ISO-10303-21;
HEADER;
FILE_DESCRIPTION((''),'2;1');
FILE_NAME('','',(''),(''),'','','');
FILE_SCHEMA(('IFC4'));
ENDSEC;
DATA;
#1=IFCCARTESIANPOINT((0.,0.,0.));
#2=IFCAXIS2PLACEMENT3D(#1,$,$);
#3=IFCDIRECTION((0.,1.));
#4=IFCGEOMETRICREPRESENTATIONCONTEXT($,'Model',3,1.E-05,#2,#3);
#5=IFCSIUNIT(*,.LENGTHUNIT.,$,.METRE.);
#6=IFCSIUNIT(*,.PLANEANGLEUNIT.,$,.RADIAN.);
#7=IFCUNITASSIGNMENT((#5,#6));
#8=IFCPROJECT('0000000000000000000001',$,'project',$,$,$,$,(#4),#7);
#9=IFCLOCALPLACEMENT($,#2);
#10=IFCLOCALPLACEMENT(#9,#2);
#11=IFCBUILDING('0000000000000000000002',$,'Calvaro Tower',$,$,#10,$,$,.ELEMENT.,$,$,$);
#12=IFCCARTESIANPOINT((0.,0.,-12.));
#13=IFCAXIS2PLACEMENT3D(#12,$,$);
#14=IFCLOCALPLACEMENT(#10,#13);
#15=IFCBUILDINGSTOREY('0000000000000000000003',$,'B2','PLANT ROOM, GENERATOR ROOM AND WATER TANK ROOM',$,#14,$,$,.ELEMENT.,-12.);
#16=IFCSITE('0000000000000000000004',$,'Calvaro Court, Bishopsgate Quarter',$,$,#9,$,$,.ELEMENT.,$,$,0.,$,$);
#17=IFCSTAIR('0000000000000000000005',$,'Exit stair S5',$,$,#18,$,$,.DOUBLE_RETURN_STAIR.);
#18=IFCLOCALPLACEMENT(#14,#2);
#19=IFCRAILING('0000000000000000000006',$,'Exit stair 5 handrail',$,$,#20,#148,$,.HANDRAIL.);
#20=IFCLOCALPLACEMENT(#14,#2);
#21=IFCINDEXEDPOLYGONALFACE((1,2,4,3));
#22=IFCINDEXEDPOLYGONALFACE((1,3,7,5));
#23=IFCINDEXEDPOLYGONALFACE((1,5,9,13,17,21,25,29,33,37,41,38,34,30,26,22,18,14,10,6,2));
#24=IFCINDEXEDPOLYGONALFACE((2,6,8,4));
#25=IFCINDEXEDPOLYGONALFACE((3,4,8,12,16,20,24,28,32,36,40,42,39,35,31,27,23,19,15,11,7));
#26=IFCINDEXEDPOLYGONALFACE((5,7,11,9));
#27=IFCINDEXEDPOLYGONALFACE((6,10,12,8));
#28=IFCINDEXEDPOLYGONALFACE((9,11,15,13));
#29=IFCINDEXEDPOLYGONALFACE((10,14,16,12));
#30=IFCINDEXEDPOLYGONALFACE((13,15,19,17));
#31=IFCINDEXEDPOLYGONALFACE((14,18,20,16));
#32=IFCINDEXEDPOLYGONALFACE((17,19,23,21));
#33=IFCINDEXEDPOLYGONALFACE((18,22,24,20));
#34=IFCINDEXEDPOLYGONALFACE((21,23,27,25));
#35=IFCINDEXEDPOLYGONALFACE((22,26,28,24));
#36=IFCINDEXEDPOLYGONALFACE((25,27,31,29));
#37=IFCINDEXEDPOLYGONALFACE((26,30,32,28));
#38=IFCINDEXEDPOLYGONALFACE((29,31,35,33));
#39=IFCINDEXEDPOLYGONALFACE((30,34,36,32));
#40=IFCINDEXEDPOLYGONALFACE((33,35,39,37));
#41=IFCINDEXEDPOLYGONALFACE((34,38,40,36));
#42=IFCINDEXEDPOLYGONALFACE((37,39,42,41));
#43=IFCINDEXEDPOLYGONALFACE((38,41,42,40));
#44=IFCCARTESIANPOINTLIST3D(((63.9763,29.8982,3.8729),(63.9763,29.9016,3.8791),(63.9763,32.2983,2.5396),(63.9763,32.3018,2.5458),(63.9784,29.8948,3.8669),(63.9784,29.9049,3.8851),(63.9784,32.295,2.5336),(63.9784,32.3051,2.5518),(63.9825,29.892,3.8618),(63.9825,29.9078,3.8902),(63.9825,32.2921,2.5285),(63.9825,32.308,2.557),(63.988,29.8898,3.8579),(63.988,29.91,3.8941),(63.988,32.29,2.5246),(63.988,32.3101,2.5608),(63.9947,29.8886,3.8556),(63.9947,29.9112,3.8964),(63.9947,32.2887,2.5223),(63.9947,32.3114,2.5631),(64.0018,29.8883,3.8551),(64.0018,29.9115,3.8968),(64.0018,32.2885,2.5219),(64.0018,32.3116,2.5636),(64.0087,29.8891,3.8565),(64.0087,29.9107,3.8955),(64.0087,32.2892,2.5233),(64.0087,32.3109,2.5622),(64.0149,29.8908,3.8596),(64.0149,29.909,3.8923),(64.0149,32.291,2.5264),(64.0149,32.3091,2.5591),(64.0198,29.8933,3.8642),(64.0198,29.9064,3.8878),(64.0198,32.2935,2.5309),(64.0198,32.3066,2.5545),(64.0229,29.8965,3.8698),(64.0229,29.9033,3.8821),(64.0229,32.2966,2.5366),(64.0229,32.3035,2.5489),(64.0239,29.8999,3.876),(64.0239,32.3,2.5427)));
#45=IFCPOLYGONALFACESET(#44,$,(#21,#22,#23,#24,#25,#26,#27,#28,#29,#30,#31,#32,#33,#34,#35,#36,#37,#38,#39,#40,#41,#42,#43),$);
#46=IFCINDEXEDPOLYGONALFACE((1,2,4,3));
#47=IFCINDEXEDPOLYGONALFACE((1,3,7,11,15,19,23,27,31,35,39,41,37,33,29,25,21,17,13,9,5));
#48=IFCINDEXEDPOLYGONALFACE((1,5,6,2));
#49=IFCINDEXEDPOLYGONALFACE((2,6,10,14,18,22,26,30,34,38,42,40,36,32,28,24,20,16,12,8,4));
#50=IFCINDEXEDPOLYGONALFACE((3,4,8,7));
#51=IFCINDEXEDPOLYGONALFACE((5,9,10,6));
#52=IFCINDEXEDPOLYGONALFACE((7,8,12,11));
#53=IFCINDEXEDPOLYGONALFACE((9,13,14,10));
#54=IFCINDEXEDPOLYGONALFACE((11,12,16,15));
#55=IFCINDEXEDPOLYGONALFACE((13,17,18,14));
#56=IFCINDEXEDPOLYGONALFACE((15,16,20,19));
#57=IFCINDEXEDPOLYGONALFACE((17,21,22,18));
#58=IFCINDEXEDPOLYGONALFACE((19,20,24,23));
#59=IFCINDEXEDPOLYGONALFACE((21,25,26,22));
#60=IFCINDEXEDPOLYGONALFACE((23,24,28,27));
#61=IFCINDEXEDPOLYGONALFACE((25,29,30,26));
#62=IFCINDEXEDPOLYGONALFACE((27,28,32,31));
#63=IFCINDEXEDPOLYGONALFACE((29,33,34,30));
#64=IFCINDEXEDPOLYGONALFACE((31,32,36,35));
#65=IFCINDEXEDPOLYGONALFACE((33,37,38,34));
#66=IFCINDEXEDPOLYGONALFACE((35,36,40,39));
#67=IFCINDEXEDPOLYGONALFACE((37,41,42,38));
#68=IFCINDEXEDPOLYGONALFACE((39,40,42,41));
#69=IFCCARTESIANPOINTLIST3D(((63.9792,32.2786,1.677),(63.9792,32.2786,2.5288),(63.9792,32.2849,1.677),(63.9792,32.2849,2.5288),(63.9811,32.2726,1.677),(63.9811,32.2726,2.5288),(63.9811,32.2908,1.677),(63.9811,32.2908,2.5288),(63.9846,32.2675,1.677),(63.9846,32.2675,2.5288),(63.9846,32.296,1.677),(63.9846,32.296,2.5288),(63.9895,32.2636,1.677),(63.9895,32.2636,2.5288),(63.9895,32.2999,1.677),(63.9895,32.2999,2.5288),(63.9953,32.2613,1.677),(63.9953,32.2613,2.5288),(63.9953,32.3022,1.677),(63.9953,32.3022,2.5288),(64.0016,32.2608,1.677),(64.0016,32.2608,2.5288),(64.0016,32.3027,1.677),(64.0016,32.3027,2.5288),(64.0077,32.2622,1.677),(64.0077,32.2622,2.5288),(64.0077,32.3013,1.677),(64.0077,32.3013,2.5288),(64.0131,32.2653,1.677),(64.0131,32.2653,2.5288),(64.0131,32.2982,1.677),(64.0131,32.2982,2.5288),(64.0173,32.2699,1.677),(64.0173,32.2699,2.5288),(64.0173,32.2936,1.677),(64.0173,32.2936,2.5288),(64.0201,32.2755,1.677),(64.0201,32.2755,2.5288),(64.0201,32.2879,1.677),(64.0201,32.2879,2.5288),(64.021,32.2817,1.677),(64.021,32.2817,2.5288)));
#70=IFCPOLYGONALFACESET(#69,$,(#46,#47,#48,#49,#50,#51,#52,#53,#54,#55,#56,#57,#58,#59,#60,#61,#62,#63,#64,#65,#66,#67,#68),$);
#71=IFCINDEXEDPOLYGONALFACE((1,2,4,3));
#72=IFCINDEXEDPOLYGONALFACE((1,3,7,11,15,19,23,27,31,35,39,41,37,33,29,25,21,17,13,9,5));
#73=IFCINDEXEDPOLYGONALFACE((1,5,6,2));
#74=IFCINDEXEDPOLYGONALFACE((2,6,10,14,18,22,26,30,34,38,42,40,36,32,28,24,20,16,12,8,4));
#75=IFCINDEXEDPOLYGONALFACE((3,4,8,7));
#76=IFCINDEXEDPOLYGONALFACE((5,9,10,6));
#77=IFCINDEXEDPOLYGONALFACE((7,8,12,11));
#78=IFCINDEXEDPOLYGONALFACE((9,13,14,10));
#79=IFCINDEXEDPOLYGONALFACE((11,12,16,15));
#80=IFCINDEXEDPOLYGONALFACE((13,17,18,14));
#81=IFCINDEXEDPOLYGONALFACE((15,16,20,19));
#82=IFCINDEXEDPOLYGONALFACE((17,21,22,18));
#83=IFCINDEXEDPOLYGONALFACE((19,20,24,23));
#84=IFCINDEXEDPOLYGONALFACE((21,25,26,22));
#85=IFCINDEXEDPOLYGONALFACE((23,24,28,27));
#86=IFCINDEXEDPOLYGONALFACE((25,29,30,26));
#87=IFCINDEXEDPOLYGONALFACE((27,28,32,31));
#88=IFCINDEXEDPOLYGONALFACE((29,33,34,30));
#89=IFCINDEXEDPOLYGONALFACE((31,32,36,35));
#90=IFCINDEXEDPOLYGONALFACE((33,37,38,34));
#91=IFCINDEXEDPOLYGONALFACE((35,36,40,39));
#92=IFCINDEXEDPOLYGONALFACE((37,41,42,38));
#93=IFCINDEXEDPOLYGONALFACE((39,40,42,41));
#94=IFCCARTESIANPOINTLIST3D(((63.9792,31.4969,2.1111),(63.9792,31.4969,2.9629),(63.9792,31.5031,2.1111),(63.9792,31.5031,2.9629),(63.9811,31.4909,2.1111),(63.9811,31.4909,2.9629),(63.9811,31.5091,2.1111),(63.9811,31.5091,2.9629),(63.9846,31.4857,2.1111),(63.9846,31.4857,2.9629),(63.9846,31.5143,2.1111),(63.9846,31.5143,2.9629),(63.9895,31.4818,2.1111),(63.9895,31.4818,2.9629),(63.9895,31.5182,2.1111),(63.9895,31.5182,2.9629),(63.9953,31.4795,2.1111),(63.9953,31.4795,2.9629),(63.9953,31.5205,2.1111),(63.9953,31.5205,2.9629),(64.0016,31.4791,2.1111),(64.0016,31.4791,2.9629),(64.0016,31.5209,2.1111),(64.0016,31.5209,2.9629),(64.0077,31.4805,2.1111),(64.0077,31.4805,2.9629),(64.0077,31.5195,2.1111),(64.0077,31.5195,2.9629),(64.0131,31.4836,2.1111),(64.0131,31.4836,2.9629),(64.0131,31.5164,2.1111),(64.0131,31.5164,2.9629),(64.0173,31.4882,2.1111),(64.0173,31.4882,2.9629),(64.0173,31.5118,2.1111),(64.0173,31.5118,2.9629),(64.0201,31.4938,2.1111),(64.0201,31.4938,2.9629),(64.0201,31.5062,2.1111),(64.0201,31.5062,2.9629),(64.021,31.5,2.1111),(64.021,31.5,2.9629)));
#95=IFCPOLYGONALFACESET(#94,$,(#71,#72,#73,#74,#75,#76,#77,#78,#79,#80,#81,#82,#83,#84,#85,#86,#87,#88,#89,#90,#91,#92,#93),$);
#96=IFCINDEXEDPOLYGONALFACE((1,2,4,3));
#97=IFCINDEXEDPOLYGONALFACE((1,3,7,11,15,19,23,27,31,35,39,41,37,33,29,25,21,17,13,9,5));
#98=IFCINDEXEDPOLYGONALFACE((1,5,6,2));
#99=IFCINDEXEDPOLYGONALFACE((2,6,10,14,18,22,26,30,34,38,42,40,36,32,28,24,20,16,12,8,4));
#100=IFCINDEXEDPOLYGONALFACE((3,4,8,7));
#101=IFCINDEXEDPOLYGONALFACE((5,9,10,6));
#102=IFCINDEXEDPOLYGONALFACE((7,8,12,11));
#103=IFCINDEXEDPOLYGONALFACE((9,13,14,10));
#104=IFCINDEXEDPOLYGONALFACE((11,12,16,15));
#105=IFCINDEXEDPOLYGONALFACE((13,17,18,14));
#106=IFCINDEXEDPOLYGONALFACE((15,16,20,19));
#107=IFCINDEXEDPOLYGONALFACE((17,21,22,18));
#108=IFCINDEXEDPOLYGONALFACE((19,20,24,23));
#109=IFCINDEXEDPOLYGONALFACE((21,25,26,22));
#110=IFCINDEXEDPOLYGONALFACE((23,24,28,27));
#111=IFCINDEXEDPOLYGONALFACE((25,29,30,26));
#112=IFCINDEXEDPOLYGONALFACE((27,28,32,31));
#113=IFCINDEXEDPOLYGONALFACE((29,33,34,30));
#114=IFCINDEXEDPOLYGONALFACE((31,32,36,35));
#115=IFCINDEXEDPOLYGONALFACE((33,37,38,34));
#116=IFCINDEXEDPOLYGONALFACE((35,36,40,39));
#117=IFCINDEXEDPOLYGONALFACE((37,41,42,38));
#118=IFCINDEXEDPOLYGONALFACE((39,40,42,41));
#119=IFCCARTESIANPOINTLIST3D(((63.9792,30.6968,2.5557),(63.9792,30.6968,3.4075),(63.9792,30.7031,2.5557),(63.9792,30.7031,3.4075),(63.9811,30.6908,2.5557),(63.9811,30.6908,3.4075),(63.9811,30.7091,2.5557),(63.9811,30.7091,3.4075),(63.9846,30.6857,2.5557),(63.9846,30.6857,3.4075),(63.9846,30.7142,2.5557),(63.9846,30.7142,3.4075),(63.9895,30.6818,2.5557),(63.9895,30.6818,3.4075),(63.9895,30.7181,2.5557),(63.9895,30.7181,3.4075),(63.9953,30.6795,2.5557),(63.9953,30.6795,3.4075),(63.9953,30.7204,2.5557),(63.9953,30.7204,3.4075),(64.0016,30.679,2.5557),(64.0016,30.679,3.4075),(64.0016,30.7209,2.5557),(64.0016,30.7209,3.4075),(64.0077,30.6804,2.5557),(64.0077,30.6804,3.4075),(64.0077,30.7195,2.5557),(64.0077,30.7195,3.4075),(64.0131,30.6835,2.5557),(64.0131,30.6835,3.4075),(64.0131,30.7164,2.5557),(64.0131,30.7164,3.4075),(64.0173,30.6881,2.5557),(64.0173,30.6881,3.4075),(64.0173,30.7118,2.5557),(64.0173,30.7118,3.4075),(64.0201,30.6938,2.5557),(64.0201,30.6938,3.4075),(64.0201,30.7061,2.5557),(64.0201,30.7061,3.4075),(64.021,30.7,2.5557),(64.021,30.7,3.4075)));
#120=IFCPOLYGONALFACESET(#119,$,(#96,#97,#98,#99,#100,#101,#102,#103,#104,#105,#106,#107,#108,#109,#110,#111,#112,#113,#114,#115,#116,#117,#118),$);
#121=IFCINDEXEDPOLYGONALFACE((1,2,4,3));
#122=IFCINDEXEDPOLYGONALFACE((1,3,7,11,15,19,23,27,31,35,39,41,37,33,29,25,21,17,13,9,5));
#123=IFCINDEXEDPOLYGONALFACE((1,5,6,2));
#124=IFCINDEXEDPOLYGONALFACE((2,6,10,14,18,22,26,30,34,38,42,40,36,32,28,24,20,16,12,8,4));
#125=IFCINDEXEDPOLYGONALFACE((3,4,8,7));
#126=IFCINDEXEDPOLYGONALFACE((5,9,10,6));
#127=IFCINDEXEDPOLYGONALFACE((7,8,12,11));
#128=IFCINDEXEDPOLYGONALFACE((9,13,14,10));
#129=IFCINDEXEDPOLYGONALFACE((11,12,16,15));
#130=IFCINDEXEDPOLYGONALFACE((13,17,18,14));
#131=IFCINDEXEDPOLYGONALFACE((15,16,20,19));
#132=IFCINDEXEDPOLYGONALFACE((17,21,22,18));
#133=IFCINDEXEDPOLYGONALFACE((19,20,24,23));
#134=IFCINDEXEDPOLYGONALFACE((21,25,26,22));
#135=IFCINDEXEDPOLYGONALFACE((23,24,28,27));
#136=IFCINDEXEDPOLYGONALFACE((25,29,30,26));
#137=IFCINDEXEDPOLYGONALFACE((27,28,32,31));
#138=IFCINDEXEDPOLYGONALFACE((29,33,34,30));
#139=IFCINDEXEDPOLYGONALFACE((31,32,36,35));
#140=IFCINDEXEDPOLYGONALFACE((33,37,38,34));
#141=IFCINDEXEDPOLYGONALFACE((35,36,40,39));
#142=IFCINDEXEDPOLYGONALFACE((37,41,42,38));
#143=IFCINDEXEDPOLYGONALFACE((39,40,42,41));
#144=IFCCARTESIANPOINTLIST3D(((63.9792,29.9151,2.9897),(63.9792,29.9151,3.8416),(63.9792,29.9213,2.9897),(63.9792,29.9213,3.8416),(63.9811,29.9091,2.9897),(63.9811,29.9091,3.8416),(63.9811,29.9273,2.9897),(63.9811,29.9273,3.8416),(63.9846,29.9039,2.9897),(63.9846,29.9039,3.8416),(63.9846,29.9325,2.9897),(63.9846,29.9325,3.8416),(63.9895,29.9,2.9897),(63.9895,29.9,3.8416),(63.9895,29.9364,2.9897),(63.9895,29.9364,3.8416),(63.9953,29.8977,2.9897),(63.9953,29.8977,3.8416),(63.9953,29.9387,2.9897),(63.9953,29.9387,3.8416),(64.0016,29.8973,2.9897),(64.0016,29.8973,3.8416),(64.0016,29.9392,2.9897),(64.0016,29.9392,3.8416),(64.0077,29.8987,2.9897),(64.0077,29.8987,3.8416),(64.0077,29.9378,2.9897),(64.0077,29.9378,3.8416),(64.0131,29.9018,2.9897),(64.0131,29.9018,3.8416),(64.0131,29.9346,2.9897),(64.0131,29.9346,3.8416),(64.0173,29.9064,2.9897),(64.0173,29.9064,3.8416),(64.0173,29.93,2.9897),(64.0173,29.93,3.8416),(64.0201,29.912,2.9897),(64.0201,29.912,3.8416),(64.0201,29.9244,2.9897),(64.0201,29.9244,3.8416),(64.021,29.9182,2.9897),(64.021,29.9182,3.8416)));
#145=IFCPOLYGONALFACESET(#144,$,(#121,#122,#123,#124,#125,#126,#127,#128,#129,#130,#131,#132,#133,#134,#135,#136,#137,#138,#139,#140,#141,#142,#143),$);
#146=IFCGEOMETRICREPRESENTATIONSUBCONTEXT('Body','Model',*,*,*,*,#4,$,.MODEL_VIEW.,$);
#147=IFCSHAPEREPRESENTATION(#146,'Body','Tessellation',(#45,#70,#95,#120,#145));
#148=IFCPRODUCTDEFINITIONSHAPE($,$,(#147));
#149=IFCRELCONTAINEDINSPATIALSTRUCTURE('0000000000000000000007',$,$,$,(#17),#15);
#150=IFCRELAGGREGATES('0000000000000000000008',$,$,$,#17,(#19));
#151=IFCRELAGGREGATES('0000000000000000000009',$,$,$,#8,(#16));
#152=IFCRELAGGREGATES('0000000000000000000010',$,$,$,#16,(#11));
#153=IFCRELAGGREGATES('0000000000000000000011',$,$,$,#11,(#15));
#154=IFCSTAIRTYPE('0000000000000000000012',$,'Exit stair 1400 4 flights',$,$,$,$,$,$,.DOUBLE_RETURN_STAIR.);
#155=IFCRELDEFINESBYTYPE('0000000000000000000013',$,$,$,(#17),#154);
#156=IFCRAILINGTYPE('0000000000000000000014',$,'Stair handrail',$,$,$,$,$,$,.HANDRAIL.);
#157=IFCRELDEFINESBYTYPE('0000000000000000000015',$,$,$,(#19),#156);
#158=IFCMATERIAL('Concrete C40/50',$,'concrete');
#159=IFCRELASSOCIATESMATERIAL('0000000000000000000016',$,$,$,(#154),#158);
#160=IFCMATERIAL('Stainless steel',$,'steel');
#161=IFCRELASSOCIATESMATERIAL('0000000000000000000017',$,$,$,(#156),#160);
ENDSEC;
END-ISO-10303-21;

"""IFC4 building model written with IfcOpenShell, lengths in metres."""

from ifc_helpers import new_model, si_unit, direction, frame, origin, origin_2d, place, context, subcontext, project, spatial, circle, extrude, material, type_object, element, aggregate, save


model = new_model("IFC4")

# Units and contexts
model_context = context("Model", 3, precision=1e-05, world=origin(), true_north=direction((0.0, 1.0)))
body_context = subcontext(model_context, "Body", "Model", "MODEL_VIEW")
ifc_project = project(units=[si_unit("LENGTHUNIT", "METRE"), si_unit("PLANEANGLEUNIT", "RADIAN")], contexts=[model_context])

# Site, building, storey
site_placement = place(None, origin())
site = spatial("IfcSite", under=ifc_project, at=site_placement, Name="Calvaro Court, Bishopsgate Quarter", CompositionType="ELEMENT", RefElevation=0.0)
building_placement = place(site_placement, origin())
building = spatial("IfcBuilding", under=site, at=building_placement, Name="Calvaro Tower", CompositionType="ELEMENT")
storey_placement = place(building_placement, frame((0.0, 0.0, -12.0)))
storey = spatial("IfcBuildingStorey", under=building, at=storey_placement, Name="B2", Description="PLANT ROOM, GENERATOR ROOM AND WATER TANK ROOM", CompositionType="ELEMENT", Elevation=-12.0)

# Stair, railing
ifc_material_1 = material(Name="Concrete C40/50", Category="concrete")
stair_type = type_object("IfcStairType", Name="Exit stair 1400 4 flights", PredefinedType="DOUBLE_RETURN_STAIR", material=ifc_material_1)
stair_placement = place(storey_placement, origin())
stair = element("IfcStair", 1, at=stair_placement, inside=storey, type_object=stair_type, Name="Exit stair S5", PredefinedType="DOUBLE_RETURN_STAIR")
ifc_material_2 = material(Name="Stainless steel", Category="steel")
railing_type = type_object("IfcRailingType", Name="Stair handrail", PredefinedType="HANDRAIL", material=ifc_material_2)
railing_1_placement = place(storey_placement, frame((64.0, 32.3, 1.6667)))
railing_1 = element("IfcRailing", 2, at=railing_1_placement, type_object=railing_type, Name="Exit stair 5 handrail", PredefinedType="HANDRAIL", context=body_context, shape_type="SweptSolid", body=[
    extrude(circle(Radius=0.0239, at=origin_2d()), frame((0.0, 0.0, 0.876), z_axis=(0.0, -0.874182, 0.485598), x_axis=(1.0, 0.0, 0.0)), (0.0, 0.0, 1.0), 2.7456),
    extrude(circle(Radius=0.021, at=origin_2d()), frame((0.0, -0.0183, 0.0103)), (0.0, 0.0, 1.0), 0.8518),
    extrude(circle(Radius=0.021, at=origin_2d()), frame((0.0, -0.8, 0.4443)), (0.0, 0.0, 1.0), 0.8518),
    extrude(circle(Radius=0.021, at=origin_2d()), frame((0.0, -1.6001, 0.8889)), (0.0, 0.0, 1.0), 0.8518),
    extrude(circle(Radius=0.021, at=origin_2d()), frame((0.0, -2.3818, 1.323)), (0.0, 0.0, 1.0), 0.8518),
])
aggregate(stair, [railing_1])

save(model, "model.ifc")
